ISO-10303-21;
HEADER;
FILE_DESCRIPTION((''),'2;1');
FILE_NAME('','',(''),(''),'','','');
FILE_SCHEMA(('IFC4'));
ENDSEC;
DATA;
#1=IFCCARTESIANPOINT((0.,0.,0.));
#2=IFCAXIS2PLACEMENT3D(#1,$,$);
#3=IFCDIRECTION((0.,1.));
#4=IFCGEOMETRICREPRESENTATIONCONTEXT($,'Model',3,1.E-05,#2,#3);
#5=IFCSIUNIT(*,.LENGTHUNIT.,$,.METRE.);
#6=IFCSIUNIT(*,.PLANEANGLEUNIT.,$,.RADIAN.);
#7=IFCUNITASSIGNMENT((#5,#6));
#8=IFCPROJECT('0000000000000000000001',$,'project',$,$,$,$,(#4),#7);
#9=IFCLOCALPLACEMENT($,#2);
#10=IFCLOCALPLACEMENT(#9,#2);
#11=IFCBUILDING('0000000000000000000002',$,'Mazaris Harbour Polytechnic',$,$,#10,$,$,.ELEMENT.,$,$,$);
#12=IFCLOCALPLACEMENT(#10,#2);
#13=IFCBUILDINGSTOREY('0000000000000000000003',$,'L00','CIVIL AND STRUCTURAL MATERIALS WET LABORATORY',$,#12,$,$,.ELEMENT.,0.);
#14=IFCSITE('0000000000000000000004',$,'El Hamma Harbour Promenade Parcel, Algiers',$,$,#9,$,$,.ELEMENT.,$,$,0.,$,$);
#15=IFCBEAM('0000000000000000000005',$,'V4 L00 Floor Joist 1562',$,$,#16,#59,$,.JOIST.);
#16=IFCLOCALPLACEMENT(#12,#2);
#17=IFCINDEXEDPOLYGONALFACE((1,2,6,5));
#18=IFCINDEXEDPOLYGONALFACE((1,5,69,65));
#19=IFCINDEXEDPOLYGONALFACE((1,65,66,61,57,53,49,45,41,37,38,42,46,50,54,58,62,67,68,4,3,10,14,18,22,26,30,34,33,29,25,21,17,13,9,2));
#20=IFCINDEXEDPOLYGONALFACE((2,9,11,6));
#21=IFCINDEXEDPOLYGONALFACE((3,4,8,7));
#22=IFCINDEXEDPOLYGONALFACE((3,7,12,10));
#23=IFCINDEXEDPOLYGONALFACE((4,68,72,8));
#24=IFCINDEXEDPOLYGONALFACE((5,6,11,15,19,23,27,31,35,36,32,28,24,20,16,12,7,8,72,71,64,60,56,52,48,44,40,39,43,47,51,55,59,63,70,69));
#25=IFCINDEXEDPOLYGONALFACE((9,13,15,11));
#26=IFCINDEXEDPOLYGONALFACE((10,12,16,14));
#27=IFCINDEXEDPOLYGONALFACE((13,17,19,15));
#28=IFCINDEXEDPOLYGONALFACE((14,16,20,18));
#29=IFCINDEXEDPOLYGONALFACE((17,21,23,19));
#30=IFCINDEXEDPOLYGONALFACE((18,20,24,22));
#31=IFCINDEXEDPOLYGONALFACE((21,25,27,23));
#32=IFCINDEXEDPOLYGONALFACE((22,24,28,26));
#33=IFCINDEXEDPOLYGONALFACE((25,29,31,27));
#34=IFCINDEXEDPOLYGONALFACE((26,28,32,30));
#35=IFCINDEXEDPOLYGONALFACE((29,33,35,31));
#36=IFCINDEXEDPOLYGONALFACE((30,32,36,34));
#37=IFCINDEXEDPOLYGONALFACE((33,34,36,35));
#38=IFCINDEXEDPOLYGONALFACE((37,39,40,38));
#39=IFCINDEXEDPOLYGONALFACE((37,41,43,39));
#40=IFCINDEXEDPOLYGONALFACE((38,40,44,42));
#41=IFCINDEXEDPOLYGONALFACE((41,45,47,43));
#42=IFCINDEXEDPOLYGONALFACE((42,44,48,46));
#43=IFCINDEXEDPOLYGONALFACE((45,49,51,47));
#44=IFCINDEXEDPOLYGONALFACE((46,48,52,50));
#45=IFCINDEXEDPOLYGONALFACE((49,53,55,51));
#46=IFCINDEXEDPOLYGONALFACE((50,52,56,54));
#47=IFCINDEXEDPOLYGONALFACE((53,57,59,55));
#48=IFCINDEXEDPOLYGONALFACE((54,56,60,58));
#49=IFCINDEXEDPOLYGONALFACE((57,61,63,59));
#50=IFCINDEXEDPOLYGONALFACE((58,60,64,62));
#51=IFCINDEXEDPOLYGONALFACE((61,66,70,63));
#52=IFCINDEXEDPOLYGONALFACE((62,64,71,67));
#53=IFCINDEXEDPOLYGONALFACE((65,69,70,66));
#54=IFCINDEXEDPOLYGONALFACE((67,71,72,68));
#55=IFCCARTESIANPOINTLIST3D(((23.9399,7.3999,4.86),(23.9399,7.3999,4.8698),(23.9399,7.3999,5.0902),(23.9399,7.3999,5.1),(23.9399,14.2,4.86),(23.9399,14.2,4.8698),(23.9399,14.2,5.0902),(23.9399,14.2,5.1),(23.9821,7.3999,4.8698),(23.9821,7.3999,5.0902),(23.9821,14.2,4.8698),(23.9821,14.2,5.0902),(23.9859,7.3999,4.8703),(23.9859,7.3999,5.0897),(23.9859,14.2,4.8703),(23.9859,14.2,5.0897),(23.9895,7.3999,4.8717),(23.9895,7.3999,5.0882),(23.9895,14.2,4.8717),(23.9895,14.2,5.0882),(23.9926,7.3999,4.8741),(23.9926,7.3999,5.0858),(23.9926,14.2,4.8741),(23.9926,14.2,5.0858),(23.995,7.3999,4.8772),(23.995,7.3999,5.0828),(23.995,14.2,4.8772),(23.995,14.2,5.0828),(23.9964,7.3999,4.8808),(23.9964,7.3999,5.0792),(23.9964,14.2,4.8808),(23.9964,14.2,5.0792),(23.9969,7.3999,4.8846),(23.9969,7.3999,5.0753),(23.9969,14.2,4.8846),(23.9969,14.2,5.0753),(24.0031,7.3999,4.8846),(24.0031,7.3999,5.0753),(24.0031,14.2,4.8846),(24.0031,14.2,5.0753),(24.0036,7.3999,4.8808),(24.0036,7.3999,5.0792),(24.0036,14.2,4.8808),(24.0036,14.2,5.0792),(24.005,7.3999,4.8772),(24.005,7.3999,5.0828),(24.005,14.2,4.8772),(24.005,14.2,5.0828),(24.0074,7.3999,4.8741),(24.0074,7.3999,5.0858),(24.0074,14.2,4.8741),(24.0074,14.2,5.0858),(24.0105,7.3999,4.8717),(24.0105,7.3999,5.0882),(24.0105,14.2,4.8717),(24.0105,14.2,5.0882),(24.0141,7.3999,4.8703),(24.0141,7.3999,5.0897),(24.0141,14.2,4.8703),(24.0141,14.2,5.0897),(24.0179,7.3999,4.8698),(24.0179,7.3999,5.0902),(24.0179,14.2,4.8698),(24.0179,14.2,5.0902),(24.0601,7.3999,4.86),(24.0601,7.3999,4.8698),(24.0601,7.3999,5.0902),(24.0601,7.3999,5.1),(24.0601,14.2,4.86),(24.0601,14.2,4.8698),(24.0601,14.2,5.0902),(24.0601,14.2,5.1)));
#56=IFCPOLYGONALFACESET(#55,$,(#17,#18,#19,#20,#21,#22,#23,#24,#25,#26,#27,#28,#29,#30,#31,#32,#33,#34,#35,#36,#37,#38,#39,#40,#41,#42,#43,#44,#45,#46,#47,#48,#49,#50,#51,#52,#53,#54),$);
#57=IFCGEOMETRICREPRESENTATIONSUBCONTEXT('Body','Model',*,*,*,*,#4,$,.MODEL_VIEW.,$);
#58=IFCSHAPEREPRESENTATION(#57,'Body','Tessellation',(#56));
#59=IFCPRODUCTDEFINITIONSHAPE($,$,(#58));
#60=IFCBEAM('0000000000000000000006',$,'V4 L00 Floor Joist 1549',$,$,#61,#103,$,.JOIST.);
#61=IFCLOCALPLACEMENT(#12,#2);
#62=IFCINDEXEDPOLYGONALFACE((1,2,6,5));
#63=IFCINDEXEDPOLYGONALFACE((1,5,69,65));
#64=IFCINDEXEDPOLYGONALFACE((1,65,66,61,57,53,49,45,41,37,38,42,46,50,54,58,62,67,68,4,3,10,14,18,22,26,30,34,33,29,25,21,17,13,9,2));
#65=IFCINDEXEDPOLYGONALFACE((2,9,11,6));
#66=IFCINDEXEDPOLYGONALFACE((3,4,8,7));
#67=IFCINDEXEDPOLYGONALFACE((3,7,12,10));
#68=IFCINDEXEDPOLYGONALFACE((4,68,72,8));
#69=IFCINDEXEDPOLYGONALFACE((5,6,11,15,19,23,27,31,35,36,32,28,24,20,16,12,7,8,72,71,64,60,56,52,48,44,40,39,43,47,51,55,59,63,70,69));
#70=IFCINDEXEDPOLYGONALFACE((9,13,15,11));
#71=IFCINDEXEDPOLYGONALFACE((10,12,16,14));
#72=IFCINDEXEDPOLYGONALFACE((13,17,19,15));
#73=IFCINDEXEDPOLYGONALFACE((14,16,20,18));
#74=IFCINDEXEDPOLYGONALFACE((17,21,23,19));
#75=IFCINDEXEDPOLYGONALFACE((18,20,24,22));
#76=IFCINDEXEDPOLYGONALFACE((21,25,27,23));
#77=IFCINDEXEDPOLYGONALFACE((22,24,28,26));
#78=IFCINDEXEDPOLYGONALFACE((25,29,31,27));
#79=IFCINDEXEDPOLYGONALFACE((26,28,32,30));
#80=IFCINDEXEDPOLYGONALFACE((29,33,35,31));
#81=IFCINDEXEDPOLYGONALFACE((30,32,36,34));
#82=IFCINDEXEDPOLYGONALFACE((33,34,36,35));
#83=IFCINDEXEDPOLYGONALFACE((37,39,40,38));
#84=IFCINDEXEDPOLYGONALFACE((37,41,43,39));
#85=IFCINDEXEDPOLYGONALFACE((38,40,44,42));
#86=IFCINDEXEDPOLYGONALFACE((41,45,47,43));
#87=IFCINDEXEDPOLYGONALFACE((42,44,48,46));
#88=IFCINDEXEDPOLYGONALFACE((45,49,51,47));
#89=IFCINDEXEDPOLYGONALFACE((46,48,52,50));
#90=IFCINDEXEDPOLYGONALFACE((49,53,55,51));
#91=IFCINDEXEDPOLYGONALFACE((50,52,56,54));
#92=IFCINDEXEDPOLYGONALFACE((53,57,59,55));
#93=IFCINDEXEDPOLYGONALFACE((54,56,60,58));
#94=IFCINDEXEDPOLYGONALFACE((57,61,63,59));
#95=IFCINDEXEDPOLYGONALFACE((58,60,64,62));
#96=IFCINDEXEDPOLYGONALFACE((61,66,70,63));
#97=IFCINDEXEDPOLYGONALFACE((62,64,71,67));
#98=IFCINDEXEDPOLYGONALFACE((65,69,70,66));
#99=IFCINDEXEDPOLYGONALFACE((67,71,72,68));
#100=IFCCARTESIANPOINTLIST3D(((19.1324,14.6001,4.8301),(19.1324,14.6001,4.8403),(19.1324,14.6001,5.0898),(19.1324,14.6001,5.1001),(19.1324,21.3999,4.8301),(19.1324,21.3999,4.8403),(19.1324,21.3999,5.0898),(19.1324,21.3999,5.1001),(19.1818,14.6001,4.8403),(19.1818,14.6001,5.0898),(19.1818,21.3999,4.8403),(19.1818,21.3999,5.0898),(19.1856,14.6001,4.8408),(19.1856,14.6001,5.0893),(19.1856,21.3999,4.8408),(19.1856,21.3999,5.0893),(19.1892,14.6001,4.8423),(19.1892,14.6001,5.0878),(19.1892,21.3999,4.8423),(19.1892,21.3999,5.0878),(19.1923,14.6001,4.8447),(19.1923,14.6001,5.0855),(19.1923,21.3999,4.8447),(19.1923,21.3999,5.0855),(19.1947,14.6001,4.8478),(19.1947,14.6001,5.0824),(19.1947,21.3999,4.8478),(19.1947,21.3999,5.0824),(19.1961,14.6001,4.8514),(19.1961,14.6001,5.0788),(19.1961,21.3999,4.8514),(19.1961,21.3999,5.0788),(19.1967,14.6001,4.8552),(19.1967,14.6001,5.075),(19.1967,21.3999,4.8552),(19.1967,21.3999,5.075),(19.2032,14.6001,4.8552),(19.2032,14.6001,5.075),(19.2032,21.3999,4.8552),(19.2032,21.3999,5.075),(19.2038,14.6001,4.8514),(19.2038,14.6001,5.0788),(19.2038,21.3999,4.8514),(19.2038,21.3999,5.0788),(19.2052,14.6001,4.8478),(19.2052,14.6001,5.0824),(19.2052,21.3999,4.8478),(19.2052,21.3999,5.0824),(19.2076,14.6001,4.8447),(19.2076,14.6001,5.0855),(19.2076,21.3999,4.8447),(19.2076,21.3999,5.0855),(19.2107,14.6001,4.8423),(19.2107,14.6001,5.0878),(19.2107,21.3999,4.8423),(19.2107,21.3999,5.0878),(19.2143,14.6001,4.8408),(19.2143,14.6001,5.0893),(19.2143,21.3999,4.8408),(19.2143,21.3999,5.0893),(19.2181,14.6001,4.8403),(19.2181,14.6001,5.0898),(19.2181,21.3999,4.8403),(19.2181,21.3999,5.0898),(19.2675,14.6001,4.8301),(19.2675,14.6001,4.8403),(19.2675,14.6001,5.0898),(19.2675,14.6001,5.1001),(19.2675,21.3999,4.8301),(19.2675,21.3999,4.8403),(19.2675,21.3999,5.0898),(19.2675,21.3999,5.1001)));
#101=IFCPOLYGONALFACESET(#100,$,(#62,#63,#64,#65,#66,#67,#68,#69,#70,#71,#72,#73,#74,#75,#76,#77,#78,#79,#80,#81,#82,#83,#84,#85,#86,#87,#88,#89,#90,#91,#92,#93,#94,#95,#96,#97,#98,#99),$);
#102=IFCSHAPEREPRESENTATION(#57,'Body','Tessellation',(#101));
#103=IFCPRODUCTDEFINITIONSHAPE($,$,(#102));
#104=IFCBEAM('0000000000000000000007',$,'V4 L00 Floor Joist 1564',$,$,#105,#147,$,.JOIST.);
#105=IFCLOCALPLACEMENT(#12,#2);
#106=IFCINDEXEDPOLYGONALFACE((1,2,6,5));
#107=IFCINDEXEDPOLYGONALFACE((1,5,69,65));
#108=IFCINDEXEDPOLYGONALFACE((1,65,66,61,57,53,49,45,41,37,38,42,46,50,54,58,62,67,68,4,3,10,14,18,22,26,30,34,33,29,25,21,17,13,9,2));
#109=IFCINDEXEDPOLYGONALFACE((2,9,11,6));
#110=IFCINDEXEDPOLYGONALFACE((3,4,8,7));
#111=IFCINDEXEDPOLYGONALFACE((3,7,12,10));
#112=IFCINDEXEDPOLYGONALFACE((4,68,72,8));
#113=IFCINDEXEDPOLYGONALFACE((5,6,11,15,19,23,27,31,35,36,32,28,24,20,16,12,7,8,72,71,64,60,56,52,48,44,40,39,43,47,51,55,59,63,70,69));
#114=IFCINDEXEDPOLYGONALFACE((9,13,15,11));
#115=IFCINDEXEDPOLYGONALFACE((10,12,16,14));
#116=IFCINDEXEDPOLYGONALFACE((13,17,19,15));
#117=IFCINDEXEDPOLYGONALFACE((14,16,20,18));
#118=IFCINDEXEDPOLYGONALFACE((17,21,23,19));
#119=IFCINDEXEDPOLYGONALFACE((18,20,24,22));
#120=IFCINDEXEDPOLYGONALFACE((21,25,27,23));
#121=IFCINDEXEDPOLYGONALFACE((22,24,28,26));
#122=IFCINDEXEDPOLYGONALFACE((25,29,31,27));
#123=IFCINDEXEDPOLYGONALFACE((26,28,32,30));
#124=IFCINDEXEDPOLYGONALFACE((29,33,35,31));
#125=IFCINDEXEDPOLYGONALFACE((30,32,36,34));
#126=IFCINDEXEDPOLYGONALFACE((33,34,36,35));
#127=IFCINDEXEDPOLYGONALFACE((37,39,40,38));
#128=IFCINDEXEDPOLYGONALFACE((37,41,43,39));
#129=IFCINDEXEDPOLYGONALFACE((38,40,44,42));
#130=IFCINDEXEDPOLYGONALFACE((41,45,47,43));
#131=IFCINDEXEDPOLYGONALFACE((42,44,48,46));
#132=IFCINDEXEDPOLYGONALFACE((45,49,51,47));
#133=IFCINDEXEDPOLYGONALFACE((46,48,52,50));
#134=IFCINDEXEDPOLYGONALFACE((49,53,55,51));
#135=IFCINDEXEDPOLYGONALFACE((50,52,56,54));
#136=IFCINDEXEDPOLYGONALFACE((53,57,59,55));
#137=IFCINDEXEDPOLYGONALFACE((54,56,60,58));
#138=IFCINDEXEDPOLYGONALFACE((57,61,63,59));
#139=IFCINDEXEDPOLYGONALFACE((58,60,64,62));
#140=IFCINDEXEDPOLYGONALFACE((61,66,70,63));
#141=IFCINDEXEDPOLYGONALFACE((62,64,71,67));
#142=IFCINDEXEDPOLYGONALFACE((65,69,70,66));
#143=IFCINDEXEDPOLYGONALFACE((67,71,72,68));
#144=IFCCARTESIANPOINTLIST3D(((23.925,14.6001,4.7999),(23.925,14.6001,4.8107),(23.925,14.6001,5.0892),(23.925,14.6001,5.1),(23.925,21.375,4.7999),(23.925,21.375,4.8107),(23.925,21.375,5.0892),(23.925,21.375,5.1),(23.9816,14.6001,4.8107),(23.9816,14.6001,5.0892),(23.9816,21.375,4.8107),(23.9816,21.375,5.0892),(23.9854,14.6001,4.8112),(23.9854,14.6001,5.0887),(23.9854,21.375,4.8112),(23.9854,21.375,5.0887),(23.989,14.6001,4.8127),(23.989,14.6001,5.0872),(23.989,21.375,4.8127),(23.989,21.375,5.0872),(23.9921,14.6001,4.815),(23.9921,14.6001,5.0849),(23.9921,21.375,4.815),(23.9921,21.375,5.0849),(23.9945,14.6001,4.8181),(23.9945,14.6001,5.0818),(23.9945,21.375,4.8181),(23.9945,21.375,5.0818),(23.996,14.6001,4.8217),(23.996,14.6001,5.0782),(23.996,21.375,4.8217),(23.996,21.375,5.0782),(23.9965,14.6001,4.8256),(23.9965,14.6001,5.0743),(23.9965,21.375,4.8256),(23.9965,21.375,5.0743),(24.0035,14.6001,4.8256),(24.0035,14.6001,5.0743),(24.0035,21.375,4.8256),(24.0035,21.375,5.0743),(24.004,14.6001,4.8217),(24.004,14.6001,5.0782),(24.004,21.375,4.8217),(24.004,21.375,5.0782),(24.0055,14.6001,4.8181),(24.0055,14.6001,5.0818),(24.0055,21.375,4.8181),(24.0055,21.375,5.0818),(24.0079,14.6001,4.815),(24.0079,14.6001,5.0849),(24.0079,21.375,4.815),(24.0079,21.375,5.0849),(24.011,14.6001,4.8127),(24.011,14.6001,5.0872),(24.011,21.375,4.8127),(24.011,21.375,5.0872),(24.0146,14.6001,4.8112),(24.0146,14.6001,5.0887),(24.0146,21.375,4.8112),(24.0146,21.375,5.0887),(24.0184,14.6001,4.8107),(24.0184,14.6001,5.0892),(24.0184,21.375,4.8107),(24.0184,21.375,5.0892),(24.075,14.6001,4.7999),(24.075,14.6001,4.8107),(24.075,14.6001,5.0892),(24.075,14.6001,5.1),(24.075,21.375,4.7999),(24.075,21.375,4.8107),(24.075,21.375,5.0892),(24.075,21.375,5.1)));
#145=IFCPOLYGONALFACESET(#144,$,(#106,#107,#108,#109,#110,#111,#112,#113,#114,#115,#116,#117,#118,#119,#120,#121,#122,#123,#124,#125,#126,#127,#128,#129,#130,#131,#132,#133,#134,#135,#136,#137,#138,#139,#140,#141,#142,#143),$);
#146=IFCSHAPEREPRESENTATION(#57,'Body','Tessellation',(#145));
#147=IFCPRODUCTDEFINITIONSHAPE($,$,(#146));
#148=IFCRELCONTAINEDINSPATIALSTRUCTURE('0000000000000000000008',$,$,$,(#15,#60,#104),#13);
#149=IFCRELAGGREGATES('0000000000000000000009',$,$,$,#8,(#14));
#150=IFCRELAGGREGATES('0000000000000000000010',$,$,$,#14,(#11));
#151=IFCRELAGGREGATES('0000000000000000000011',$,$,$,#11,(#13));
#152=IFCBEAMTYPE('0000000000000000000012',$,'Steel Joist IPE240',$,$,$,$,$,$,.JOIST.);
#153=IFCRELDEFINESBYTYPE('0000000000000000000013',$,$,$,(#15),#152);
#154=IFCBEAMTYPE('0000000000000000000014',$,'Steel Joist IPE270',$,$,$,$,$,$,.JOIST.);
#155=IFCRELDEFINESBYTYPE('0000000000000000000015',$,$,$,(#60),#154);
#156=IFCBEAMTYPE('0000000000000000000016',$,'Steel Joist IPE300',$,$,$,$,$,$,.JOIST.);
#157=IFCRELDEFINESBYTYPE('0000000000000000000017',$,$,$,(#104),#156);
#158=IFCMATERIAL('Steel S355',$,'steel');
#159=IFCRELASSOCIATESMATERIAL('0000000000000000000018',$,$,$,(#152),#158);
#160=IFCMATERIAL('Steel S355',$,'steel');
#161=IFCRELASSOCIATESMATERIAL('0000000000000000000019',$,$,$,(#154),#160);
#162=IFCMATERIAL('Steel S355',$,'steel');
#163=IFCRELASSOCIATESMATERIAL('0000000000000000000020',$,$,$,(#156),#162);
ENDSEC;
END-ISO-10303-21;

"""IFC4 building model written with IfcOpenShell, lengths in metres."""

from ifc_helpers import new_model, si_unit, direction, frame, origin, origin_2d, place, context, subcontext, project, spatial, i_section, extrude, material, material_profile, profile_set, type_object, element, save


model = new_model("IFC4")

# Units and contexts
model_context = context("Model", 3, precision=1e-05, world=origin(), true_north=direction((0.0, 1.0)))
body_context = subcontext(model_context, "Body", "Model", "MODEL_VIEW")
ifc_project = project(units=[si_unit("LENGTHUNIT", "METRE"), si_unit("PLANEANGLEUNIT", "RADIAN")], contexts=[model_context])

# Site, building, storey
site_placement = place(None, origin())
site = spatial("IfcSite", under=ifc_project, at=site_placement, Name="El Hamma Harbour Promenade Parcel, Algiers", CompositionType="ELEMENT", RefElevation=0.0)
building_placement = place(site_placement, origin())
building = spatial("IfcBuilding", under=site, at=building_placement, Name="Mazaris Harbour Polytechnic", CompositionType="ELEMENT")
storey_placement = place(building_placement, origin())
storey = spatial("IfcBuildingStorey", under=building, at=storey_placement, Name="L00", Description="CIVIL AND STRUCTURAL MATERIALS WET LABORATORY", CompositionType="ELEMENT", Elevation=0.0)

# Beams
ifc_material_1 = material(Name="Steel S355", Category="steel")
ifc_material_profile_1 = material_profile(ifc_material_1, i_section(OverallWidth=0.1201, OverallDepth=0.24, WebThickness=0.0061, FlangeThickness=0.0098, FilletRadius=0.0149, at=origin_2d()), Name="IPE 240")
ifc_profile_set_1 = profile_set([ifc_material_profile_1], Name="Steel S355")
beam_type_1 = type_object("IfcBeamType", Name="Steel Joist IPE240", PredefinedType="JOIST", material=ifc_profile_set_1)
beam_1_placement = place(storey_placement, frame((24.0, 7.3999, 4.98), z_axis=(0.0, 1.0, 0.0), x_axis=(-1.0, 0.0, 0.0)))
element("IfcBeam", 1, at=beam_1_placement, inside=storey, type_object=beam_type_1, Name="V4 L00 Floor Joist 1562", PredefinedType="JOIST", context=body_context, shape_type="SweptSolid", body=[
    extrude(i_section(OverallWidth=0.1201, OverallDepth=0.24, WebThickness=0.0061, FlangeThickness=0.0098, FilletRadius=0.0149, at=origin_2d()), origin(), (0.0, 0.0, 1.0), 6.8),
])
ifc_material_2 = material(Name="Steel S355", Category="steel")
ifc_material_profile_2 = material_profile(ifc_material_2, i_section(OverallWidth=0.135, OverallDepth=0.27, WebThickness=0.0066, FlangeThickness=0.0103, FilletRadius=0.0149, at=origin_2d()), Name="IPE 270")
ifc_profile_set_2 = profile_set([ifc_material_profile_2], Name="Steel S355")
beam_type_2 = type_object("IfcBeamType", Name="Steel Joist IPE270", PredefinedType="JOIST", material=ifc_profile_set_2)
beam_2_placement = place(storey_placement, frame((19.2, 14.6001, 4.9651), z_axis=(0.0, 1.0, 0.0), x_axis=(-1.0, 0.0, 0.0)))
element("IfcBeam", 2, at=beam_2_placement, inside=storey, type_object=beam_type_2, Name="V4 L00 Floor Joist 1549", PredefinedType="JOIST", context=body_context, shape_type="SweptSolid", body=[
    extrude(i_section(OverallWidth=0.135, OverallDepth=0.27, WebThickness=0.0066, FlangeThickness=0.0103, FilletRadius=0.0149, at=origin_2d()), origin(), (0.0, 0.0, 1.0), 6.7998),
])
ifc_material_3 = material(Name="Steel S355", Category="steel")
ifc_material_profile_3 = material_profile(ifc_material_3, i_section(OverallWidth=0.1499, OverallDepth=0.3, WebThickness=0.0071, FlangeThickness=0.0107, FilletRadius=0.0149, at=origin_2d()), Name="IPE 300")
ifc_profile_set_3 = profile_set([ifc_material_profile_3], Name="Steel S355")
beam_type_3 = type_object("IfcBeamType", Name="Steel Joist IPE300", PredefinedType="JOIST", material=ifc_profile_set_3)
beam_3_placement = place(storey_placement, frame((24.0, 14.6001, 4.95), z_axis=(0.0, 1.0, 0.0), x_axis=(-1.0, 0.0, 0.0)))
element("IfcBeam", 3, at=beam_3_placement, inside=storey, type_object=beam_type_3, Name="V4 L00 Floor Joist 1564", PredefinedType="JOIST", context=body_context, shape_type="SweptSolid", body=[
    extrude(i_section(OverallWidth=0.1499, OverallDepth=0.3, WebThickness=0.0071, FlangeThickness=0.0107, FilletRadius=0.0149, at=origin_2d()), origin(), (0.0, 0.0, 1.0), 6.7749),
])

save(model, "model.ifc")
